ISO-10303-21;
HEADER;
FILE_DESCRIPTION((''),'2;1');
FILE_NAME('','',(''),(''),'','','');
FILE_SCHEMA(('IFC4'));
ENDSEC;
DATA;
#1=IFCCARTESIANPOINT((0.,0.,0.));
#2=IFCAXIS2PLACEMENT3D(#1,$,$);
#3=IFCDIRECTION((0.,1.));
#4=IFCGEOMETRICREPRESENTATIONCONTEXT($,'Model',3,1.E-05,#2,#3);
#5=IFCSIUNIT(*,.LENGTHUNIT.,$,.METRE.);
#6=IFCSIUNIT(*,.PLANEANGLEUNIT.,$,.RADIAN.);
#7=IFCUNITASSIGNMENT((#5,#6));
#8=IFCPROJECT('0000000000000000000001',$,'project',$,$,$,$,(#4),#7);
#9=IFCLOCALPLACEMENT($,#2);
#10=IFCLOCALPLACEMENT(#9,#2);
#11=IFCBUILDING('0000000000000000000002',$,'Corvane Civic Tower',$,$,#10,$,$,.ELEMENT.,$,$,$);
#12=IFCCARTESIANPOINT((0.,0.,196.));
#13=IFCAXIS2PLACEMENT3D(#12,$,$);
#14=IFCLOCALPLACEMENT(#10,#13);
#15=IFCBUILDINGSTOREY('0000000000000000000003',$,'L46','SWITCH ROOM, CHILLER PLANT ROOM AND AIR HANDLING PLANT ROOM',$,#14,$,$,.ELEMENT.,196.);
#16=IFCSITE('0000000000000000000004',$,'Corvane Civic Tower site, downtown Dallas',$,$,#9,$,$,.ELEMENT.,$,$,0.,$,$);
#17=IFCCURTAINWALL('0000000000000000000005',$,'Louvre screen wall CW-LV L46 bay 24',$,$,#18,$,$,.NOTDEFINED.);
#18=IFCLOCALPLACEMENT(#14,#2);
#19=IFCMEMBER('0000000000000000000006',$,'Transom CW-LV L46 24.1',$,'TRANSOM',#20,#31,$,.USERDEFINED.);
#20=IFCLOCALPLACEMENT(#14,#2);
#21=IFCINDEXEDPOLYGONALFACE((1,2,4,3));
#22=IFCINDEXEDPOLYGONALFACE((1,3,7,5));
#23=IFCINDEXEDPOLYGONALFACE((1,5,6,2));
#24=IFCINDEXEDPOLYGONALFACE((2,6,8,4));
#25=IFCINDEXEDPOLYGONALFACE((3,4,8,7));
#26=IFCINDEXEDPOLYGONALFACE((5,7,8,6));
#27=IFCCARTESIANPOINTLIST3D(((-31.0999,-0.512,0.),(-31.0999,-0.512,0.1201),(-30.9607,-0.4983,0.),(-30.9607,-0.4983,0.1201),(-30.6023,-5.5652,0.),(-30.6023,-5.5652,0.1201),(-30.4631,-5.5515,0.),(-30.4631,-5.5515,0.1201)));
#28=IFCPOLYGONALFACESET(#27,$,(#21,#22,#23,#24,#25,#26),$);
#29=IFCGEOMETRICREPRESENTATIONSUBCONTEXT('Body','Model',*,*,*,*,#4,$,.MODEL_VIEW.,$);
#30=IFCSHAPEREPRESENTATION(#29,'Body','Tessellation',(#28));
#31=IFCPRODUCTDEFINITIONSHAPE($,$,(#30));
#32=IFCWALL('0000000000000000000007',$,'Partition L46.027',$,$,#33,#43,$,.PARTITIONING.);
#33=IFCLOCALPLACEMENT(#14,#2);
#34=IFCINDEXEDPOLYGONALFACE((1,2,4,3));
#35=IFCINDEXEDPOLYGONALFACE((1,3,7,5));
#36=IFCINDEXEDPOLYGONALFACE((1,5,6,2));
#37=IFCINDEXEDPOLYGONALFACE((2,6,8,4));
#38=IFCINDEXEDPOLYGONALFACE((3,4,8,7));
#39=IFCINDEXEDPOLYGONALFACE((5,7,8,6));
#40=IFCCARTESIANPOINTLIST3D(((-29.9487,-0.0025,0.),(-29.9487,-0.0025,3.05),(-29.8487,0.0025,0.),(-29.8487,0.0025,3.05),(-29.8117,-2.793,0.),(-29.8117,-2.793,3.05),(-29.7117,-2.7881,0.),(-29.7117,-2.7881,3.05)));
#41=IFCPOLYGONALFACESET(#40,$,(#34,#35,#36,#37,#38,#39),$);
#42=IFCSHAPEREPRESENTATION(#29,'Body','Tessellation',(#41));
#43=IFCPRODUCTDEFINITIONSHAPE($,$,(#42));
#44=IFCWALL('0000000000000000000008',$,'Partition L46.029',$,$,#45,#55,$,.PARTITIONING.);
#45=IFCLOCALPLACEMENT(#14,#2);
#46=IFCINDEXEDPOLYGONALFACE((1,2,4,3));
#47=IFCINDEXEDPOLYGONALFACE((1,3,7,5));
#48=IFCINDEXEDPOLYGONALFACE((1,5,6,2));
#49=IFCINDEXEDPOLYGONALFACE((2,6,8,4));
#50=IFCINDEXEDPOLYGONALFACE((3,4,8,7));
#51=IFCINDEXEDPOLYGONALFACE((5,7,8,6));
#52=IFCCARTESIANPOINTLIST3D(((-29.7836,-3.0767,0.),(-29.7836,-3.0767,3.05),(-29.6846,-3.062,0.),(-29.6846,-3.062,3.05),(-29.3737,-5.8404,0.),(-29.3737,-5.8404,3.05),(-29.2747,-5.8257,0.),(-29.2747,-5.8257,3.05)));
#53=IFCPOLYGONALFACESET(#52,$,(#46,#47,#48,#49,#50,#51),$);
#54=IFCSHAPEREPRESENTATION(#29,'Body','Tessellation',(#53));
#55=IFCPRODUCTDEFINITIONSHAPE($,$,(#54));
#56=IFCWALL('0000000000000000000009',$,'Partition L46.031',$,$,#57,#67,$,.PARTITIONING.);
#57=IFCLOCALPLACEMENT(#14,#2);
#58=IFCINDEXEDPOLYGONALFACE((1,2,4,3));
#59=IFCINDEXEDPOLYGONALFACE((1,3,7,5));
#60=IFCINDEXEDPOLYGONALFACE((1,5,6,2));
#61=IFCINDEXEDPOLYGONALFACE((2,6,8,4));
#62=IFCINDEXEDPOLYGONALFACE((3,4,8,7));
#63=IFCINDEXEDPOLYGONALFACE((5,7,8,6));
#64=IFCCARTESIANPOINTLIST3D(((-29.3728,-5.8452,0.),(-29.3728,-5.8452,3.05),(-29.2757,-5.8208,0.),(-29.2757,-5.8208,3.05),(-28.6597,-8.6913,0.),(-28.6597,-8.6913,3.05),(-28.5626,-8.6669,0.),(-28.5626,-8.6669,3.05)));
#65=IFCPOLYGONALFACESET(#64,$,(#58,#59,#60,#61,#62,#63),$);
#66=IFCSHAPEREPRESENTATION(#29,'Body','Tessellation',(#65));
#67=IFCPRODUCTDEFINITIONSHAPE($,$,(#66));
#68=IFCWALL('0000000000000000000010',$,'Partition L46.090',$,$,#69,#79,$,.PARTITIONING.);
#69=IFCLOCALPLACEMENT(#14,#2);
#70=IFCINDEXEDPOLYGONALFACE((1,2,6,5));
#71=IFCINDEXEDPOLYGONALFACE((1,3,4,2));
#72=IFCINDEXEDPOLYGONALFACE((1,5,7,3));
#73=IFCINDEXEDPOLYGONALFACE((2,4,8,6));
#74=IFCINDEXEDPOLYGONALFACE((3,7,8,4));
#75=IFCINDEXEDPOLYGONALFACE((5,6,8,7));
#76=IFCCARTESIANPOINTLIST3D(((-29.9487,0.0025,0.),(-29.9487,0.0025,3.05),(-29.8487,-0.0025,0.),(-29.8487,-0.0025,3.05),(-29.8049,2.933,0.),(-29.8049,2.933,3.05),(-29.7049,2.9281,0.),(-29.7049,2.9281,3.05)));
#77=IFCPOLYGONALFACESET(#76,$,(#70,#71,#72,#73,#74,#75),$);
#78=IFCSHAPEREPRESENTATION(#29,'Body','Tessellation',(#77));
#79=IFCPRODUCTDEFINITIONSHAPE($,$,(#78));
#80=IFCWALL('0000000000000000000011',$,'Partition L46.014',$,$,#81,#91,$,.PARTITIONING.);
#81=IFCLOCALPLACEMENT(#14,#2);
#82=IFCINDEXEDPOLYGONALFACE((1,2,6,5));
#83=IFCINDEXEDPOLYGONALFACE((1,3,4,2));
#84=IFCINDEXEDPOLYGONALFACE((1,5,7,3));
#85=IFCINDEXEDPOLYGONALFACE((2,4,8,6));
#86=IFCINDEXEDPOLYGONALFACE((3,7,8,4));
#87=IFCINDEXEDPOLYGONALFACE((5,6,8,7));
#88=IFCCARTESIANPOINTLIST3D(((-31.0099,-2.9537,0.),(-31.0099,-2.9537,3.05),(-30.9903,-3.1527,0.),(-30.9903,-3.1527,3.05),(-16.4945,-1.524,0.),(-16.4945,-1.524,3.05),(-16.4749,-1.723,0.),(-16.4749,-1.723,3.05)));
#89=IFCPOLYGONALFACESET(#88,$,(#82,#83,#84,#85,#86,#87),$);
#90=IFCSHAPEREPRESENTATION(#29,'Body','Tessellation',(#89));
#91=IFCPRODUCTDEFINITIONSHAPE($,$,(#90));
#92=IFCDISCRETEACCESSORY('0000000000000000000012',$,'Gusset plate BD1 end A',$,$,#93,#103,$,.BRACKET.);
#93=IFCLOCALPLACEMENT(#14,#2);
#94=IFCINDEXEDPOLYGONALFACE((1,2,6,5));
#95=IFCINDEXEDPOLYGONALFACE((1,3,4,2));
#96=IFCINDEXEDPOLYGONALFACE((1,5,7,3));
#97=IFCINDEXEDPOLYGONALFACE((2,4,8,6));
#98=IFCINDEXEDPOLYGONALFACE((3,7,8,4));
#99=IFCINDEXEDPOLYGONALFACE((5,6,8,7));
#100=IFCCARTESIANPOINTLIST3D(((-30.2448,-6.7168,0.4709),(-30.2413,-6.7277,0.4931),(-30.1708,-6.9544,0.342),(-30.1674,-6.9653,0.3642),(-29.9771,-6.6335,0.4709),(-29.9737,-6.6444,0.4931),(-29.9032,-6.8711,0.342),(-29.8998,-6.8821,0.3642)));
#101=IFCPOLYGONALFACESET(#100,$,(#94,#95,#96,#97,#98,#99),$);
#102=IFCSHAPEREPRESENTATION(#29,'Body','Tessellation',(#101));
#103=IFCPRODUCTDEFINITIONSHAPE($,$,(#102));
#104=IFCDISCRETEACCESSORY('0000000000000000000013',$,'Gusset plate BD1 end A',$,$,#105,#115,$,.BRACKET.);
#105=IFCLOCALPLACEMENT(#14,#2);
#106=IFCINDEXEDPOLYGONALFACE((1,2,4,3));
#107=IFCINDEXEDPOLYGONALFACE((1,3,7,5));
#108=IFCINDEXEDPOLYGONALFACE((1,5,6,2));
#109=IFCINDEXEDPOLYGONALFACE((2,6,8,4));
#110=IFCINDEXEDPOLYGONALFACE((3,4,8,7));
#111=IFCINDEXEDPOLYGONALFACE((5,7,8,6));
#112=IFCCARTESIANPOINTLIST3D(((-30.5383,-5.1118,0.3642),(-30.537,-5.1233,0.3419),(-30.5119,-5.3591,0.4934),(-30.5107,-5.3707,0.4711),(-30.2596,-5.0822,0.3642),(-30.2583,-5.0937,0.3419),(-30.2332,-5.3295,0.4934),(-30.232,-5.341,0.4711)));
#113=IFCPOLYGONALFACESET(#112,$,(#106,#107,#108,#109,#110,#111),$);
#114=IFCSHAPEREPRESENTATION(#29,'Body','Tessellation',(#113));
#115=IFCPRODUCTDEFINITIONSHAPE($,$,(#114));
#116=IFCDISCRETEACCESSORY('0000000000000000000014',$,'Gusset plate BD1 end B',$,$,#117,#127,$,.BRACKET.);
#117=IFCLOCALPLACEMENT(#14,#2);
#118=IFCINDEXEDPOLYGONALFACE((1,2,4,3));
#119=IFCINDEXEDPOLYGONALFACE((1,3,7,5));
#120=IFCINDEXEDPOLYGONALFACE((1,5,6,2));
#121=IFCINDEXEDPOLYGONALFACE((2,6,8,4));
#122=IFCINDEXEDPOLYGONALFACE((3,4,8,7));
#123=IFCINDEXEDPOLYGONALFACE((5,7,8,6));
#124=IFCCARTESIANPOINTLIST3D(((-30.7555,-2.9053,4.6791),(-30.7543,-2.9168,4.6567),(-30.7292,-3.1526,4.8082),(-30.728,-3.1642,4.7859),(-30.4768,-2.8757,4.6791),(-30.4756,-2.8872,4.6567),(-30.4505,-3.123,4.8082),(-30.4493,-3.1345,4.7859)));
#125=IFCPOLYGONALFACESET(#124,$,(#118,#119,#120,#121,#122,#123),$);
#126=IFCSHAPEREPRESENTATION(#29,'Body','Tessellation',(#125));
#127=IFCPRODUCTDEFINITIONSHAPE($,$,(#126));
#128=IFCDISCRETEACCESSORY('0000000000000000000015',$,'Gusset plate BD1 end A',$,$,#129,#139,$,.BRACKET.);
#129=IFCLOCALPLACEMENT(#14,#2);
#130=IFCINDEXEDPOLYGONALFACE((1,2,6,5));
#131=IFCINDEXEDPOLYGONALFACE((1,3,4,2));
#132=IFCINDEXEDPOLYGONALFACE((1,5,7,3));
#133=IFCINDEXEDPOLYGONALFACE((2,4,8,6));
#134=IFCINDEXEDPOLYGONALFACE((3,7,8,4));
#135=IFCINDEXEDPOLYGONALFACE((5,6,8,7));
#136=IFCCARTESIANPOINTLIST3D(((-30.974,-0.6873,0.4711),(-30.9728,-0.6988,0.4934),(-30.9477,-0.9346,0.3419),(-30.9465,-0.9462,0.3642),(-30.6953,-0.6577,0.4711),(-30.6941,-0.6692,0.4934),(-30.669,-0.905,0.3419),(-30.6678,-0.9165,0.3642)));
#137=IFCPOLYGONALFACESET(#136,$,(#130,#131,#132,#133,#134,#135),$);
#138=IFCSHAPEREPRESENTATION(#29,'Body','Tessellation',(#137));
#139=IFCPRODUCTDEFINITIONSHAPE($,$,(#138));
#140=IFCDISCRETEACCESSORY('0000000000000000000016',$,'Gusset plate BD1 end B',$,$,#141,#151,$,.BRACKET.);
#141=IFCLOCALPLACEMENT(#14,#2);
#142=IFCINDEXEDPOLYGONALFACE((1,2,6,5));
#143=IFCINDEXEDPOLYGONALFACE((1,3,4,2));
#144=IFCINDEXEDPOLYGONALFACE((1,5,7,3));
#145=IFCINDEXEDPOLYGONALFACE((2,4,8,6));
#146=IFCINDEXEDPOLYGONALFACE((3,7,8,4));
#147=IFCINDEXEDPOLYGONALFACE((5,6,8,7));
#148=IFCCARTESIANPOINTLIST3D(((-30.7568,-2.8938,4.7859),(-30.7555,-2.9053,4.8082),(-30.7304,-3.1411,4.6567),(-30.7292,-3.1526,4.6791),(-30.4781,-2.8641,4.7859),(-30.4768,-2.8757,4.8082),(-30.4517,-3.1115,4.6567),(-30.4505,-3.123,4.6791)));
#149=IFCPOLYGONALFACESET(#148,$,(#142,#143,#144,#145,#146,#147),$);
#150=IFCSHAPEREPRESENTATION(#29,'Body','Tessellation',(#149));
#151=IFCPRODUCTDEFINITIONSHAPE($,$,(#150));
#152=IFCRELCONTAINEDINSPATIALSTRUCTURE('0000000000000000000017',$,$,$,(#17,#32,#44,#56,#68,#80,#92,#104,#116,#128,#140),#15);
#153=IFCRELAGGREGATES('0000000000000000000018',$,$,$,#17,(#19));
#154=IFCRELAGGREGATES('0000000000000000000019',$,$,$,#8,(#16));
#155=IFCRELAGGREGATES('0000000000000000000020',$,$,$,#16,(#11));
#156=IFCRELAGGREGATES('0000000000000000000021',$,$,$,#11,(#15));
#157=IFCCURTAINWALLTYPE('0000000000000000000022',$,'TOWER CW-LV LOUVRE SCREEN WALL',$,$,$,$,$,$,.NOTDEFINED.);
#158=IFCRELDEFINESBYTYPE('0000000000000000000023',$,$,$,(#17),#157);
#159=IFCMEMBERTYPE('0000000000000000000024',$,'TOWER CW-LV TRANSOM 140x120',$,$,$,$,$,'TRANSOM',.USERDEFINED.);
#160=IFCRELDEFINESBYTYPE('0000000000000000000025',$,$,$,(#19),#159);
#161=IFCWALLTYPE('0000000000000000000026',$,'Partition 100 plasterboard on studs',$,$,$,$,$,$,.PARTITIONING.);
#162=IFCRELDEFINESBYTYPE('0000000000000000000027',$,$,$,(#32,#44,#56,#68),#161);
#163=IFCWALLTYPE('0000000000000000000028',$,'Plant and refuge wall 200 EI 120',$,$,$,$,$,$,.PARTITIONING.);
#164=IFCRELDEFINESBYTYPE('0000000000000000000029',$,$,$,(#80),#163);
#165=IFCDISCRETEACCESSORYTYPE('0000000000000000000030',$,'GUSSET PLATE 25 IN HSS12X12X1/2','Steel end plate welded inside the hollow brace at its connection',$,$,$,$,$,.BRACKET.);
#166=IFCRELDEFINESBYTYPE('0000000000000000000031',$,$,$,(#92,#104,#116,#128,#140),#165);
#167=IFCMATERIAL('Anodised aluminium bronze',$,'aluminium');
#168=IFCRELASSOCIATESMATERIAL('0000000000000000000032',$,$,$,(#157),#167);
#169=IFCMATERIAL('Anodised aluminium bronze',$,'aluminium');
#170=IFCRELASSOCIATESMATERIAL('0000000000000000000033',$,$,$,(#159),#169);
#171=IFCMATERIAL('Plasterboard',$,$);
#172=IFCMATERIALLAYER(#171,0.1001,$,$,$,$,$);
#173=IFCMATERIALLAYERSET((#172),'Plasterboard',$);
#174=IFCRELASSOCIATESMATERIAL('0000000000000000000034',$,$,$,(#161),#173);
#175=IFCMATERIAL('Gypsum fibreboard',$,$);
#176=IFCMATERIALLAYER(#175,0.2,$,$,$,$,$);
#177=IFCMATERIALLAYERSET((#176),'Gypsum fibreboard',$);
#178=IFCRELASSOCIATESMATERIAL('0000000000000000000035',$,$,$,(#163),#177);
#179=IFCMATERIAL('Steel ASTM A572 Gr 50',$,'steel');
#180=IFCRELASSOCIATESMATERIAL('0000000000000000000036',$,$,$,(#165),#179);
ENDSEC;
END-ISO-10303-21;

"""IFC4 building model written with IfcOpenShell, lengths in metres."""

from ifc_helpers import new_model, si_unit, direction, frame, frame_2d, origin, origin_2d, place, context, subcontext, project, spatial, rectangle, extrude, material, layer, layer_set, material_profile, profile_set, type_object, element, aggregate, save


model = new_model("IFC4")

# Units and contexts
model_context = context("Model", 3, precision=1e-05, world=origin(), true_north=direction((0.0, 1.0)))
body_context = subcontext(model_context, "Body", "Model", "MODEL_VIEW")
ifc_project = project(units=[si_unit("LENGTHUNIT", "METRE"), si_unit("PLANEANGLEUNIT", "RADIAN")], contexts=[model_context])

# Site, building, storey
site_placement = place(None, origin())
site = spatial("IfcSite", under=ifc_project, at=site_placement, Name="Corvane Civic Tower site, downtown Dallas", CompositionType="ELEMENT", RefElevation=0.0)
building_placement = place(site_placement, origin())
building = spatial("IfcBuilding", under=site, at=building_placement, Name="Corvane Civic Tower", CompositionType="ELEMENT")
storey_placement = place(building_placement, frame((0.0, 0.0, 196.0)))
storey = spatial("IfcBuildingStorey", under=building, at=storey_placement, Name="L46", Description="SWITCH ROOM, CHILLER PLANT ROOM AND AIR HANDLING PLANT ROOM", CompositionType="ELEMENT", Elevation=196.0)

# Curtain wall, member
ifc_material_1 = material(Name="Anodised aluminium bronze", Category="aluminium")
curtain_wall_type = type_object("IfcCurtainWallType", Name="TOWER CW-LV LOUVRE SCREEN WALL", PredefinedType="NOTDEFINED", material=ifc_material_1)
curtain_wall_placement = place(storey_placement, origin())
curtain_wall = element("IfcCurtainWall", 1, at=curtain_wall_placement, inside=storey, type_object=curtain_wall_type, Name="Louvre screen wall CW-LV L46 bay 24", PredefinedType="NOTDEFINED")
ifc_material_2 = material(Name="Anodised aluminium bronze", Category="aluminium")
ifc_material_profile_1 = material_profile(ifc_material_2, rectangle(XDim=0.1399, YDim=0.1201, at=origin_2d()), Name="TOWER CW-LV TRANSOM 140x120")
ifc_profile_set_1 = profile_set([ifc_material_profile_1], Name="Anodised aluminium bronze")
member_type_1 = type_object("IfcMemberType", Name="TOWER CW-LV TRANSOM 140x120", ElementType="TRANSOM", PredefinedType="USERDEFINED", material=ifc_profile_set_1)
member_placement = place(storey_placement, frame((-30.5327, -5.5583, 0.0601), z_axis=(-0.09799, 0.995187, 0.0), x_axis=(-0.995187, -0.09799, 0.0)))
member = element("IfcMember", 2, at=member_placement, type_object=member_type_1, Name="Transom CW-LV L46 24.1", ObjectType="TRANSOM", PredefinedType="USERDEFINED", context=body_context, shape_type="SweptSolid", body=[
    extrude(rectangle(XDim=0.1399, YDim=0.1201, at=origin_2d()), origin(), (0.0, 0.0, 1.0), 5.0776),
])

# Walls
ifc_material_3 = material(Name="Plasterboard")
ifc_layer_1 = layer(ifc_material_3, 0.1001)
ifc_layer_set_1 = layer_set([ifc_layer_1], Name="Plasterboard")
wall_type_1 = type_object("IfcWallType", Name="Partition 100 plasterboard on studs", PredefinedType="PARTITIONING", material=ifc_layer_set_1)
for number, where, z_axis, x_axis, name in (
    (3, (-29.8987, 0.0, 0.0), (0.0, 0.0, 1.0), (0.049022, -0.998798, 0.0), "Partition L46.027"),
    (4, (-29.7341, -3.0693, 0.0), (0.0, 0.0, 1.0), (0.146717, -0.989179, 0.0), "Partition L46.029"),
):
    element("IfcWall", number, at=place(storey_placement, frame(where, z_axis=z_axis, x_axis=x_axis)), inside=storey, type_object=wall_type_1, Name=name, PredefinedType="PARTITIONING", context=body_context, shape_type="SweptSolid", body=[
        extrude(rectangle(XDim=2.7939, YDim=0.1001, at=frame_2d((1.397, 0.0))), origin(), (0.0, 0.0, 1.0), 3.05),
    ])
for number, where, z_axis, x_axis, name in (
    (5, (-29.3242, -5.833, 0.0), (0.0, 0.0, 1.0), (0.243045, -0.970015, 0.0), "Partition L46.031"),
    (6, (-29.8987, 0.0, 0.0), (0.0, 0.0, 1.0), (0.049008, 0.998798, 0.0), "Partition L46.090"),
):
    element("IfcWall", number, at=place(storey_placement, frame(where, z_axis=z_axis, x_axis=x_axis)), inside=storey, type_object=wall_type_1, Name=name, PredefinedType="PARTITIONING", context=body_context, shape_type="SweptSolid", body=[
        extrude(rectangle(XDim=2.9341, YDim=0.1001, at=frame_2d((1.467, 0.0))), origin(), (0.0, 0.0, 1.0), 3.05),
    ])
ifc_material_4 = material(Name="Gypsum fibreboard")
ifc_layer_2 = layer(ifc_material_4, 0.2)
ifc_layer_set_2 = layer_set([ifc_layer_2], Name="Gypsum fibreboard")
wall_type_2 = type_object("IfcWallType", Name="Plant and refuge wall 200 EI 120", PredefinedType="PARTITIONING", material=ifc_layer_set_2)
wall_placement = place(storey_placement, frame((-31.0002, -3.0532, 0.0), z_axis=(0.0, 0.0, 1.0), x_axis=(0.995184, 0.09802, 0.0)))
element("IfcWall", 7, at=wall_placement, inside=storey, type_object=wall_type_2, Name="Partition L46.014", PredefinedType="PARTITIONING", context=body_context, shape_type="SweptSolid", body=[
    extrude(rectangle(XDim=14.5857, YDim=0.2, at=frame_2d((7.293, 0.0))), origin(), (0.0, 0.0, 1.0), 3.05),
])

aggregate(curtain_wall, [member])

# Discrete accessories
ifc_material_5 = material(Name="Steel ASTM A572 Gr 50", Category="steel")
ifc_material_profile_2 = material_profile(ifc_material_5, rectangle(XDim=0.2803, YDim=0.2803, at=origin_2d()), Name="GUSSET PLATE 25 IN HSS12X12X1/2")
ifc_profile_set_2 = profile_set([ifc_material_profile_2], Name="Steel ASTM A572 Gr 50")
discrete_accessory_type = type_object("IfcDiscreteAccessoryType", Name="GUSSET PLATE 25 IN HSS12X12X1/2", Description="Steel end plate welded inside the hollow brace at its connection", PredefinedType="BRACKET", material=ifc_profile_set_2)
discrete_accessory_placement = place(storey_placement, frame((-30.074, -6.7939, 0.4065), z_axis=(0.136613, -0.439113, 0.887985), x_axis=(0.954857, 0.297067, 0.0)))
element("IfcDiscreteAccessory", 8, at=discrete_accessory_placement, inside=storey, type_object=discrete_accessory_type, Name="Gusset plate BD1 end A", PredefinedType="BRACKET", context=body_context, shape_type="SweptSolid", body=[
    extrude(rectangle(XDim=0.2803, YDim=0.2803, at=origin_2d()), origin(), (0.0, 0.0, 1.0), 0.0249),
])
for number, where, z_axis, x_axis, name in (
    (9, (-30.3845, -5.2322, 0.4065), (-0.04876, 0.458346, 0.887435), (-0.994389, -0.105786, 0.0), "Gusset plate BD1 end A"),
    (10, (-30.603, -3.0142, 4.7437), (0.04876, -0.458346, -0.887435), (0.994389, 0.105786, 0.0), "Gusset plate BD1 end B"),
    (11, (-30.8215, -0.7961, 0.4065), (0.04876, -0.458346, 0.887435), (0.994389, 0.105786, 0.0), "Gusset plate BD1 end A"),
    (12, (-30.603, -3.0142, 4.7437), (-0.04876, 0.458346, -0.887435), (-0.994389, -0.105786, 0.0), "Gusset plate BD1 end B"),
):
    element("IfcDiscreteAccessory", number, at=place(storey_placement, frame(where, z_axis=z_axis, x_axis=x_axis)), inside=storey, type_object=discrete_accessory_type, Name=name, PredefinedType="BRACKET", context=body_context, shape_type="SweptSolid", body=[
        extrude(rectangle(XDim=0.2803, YDim=0.2803, at=origin_2d()), origin(), (0.0, 0.0, 1.0), 0.0251),
    ])

save(model, "model.ifc")
